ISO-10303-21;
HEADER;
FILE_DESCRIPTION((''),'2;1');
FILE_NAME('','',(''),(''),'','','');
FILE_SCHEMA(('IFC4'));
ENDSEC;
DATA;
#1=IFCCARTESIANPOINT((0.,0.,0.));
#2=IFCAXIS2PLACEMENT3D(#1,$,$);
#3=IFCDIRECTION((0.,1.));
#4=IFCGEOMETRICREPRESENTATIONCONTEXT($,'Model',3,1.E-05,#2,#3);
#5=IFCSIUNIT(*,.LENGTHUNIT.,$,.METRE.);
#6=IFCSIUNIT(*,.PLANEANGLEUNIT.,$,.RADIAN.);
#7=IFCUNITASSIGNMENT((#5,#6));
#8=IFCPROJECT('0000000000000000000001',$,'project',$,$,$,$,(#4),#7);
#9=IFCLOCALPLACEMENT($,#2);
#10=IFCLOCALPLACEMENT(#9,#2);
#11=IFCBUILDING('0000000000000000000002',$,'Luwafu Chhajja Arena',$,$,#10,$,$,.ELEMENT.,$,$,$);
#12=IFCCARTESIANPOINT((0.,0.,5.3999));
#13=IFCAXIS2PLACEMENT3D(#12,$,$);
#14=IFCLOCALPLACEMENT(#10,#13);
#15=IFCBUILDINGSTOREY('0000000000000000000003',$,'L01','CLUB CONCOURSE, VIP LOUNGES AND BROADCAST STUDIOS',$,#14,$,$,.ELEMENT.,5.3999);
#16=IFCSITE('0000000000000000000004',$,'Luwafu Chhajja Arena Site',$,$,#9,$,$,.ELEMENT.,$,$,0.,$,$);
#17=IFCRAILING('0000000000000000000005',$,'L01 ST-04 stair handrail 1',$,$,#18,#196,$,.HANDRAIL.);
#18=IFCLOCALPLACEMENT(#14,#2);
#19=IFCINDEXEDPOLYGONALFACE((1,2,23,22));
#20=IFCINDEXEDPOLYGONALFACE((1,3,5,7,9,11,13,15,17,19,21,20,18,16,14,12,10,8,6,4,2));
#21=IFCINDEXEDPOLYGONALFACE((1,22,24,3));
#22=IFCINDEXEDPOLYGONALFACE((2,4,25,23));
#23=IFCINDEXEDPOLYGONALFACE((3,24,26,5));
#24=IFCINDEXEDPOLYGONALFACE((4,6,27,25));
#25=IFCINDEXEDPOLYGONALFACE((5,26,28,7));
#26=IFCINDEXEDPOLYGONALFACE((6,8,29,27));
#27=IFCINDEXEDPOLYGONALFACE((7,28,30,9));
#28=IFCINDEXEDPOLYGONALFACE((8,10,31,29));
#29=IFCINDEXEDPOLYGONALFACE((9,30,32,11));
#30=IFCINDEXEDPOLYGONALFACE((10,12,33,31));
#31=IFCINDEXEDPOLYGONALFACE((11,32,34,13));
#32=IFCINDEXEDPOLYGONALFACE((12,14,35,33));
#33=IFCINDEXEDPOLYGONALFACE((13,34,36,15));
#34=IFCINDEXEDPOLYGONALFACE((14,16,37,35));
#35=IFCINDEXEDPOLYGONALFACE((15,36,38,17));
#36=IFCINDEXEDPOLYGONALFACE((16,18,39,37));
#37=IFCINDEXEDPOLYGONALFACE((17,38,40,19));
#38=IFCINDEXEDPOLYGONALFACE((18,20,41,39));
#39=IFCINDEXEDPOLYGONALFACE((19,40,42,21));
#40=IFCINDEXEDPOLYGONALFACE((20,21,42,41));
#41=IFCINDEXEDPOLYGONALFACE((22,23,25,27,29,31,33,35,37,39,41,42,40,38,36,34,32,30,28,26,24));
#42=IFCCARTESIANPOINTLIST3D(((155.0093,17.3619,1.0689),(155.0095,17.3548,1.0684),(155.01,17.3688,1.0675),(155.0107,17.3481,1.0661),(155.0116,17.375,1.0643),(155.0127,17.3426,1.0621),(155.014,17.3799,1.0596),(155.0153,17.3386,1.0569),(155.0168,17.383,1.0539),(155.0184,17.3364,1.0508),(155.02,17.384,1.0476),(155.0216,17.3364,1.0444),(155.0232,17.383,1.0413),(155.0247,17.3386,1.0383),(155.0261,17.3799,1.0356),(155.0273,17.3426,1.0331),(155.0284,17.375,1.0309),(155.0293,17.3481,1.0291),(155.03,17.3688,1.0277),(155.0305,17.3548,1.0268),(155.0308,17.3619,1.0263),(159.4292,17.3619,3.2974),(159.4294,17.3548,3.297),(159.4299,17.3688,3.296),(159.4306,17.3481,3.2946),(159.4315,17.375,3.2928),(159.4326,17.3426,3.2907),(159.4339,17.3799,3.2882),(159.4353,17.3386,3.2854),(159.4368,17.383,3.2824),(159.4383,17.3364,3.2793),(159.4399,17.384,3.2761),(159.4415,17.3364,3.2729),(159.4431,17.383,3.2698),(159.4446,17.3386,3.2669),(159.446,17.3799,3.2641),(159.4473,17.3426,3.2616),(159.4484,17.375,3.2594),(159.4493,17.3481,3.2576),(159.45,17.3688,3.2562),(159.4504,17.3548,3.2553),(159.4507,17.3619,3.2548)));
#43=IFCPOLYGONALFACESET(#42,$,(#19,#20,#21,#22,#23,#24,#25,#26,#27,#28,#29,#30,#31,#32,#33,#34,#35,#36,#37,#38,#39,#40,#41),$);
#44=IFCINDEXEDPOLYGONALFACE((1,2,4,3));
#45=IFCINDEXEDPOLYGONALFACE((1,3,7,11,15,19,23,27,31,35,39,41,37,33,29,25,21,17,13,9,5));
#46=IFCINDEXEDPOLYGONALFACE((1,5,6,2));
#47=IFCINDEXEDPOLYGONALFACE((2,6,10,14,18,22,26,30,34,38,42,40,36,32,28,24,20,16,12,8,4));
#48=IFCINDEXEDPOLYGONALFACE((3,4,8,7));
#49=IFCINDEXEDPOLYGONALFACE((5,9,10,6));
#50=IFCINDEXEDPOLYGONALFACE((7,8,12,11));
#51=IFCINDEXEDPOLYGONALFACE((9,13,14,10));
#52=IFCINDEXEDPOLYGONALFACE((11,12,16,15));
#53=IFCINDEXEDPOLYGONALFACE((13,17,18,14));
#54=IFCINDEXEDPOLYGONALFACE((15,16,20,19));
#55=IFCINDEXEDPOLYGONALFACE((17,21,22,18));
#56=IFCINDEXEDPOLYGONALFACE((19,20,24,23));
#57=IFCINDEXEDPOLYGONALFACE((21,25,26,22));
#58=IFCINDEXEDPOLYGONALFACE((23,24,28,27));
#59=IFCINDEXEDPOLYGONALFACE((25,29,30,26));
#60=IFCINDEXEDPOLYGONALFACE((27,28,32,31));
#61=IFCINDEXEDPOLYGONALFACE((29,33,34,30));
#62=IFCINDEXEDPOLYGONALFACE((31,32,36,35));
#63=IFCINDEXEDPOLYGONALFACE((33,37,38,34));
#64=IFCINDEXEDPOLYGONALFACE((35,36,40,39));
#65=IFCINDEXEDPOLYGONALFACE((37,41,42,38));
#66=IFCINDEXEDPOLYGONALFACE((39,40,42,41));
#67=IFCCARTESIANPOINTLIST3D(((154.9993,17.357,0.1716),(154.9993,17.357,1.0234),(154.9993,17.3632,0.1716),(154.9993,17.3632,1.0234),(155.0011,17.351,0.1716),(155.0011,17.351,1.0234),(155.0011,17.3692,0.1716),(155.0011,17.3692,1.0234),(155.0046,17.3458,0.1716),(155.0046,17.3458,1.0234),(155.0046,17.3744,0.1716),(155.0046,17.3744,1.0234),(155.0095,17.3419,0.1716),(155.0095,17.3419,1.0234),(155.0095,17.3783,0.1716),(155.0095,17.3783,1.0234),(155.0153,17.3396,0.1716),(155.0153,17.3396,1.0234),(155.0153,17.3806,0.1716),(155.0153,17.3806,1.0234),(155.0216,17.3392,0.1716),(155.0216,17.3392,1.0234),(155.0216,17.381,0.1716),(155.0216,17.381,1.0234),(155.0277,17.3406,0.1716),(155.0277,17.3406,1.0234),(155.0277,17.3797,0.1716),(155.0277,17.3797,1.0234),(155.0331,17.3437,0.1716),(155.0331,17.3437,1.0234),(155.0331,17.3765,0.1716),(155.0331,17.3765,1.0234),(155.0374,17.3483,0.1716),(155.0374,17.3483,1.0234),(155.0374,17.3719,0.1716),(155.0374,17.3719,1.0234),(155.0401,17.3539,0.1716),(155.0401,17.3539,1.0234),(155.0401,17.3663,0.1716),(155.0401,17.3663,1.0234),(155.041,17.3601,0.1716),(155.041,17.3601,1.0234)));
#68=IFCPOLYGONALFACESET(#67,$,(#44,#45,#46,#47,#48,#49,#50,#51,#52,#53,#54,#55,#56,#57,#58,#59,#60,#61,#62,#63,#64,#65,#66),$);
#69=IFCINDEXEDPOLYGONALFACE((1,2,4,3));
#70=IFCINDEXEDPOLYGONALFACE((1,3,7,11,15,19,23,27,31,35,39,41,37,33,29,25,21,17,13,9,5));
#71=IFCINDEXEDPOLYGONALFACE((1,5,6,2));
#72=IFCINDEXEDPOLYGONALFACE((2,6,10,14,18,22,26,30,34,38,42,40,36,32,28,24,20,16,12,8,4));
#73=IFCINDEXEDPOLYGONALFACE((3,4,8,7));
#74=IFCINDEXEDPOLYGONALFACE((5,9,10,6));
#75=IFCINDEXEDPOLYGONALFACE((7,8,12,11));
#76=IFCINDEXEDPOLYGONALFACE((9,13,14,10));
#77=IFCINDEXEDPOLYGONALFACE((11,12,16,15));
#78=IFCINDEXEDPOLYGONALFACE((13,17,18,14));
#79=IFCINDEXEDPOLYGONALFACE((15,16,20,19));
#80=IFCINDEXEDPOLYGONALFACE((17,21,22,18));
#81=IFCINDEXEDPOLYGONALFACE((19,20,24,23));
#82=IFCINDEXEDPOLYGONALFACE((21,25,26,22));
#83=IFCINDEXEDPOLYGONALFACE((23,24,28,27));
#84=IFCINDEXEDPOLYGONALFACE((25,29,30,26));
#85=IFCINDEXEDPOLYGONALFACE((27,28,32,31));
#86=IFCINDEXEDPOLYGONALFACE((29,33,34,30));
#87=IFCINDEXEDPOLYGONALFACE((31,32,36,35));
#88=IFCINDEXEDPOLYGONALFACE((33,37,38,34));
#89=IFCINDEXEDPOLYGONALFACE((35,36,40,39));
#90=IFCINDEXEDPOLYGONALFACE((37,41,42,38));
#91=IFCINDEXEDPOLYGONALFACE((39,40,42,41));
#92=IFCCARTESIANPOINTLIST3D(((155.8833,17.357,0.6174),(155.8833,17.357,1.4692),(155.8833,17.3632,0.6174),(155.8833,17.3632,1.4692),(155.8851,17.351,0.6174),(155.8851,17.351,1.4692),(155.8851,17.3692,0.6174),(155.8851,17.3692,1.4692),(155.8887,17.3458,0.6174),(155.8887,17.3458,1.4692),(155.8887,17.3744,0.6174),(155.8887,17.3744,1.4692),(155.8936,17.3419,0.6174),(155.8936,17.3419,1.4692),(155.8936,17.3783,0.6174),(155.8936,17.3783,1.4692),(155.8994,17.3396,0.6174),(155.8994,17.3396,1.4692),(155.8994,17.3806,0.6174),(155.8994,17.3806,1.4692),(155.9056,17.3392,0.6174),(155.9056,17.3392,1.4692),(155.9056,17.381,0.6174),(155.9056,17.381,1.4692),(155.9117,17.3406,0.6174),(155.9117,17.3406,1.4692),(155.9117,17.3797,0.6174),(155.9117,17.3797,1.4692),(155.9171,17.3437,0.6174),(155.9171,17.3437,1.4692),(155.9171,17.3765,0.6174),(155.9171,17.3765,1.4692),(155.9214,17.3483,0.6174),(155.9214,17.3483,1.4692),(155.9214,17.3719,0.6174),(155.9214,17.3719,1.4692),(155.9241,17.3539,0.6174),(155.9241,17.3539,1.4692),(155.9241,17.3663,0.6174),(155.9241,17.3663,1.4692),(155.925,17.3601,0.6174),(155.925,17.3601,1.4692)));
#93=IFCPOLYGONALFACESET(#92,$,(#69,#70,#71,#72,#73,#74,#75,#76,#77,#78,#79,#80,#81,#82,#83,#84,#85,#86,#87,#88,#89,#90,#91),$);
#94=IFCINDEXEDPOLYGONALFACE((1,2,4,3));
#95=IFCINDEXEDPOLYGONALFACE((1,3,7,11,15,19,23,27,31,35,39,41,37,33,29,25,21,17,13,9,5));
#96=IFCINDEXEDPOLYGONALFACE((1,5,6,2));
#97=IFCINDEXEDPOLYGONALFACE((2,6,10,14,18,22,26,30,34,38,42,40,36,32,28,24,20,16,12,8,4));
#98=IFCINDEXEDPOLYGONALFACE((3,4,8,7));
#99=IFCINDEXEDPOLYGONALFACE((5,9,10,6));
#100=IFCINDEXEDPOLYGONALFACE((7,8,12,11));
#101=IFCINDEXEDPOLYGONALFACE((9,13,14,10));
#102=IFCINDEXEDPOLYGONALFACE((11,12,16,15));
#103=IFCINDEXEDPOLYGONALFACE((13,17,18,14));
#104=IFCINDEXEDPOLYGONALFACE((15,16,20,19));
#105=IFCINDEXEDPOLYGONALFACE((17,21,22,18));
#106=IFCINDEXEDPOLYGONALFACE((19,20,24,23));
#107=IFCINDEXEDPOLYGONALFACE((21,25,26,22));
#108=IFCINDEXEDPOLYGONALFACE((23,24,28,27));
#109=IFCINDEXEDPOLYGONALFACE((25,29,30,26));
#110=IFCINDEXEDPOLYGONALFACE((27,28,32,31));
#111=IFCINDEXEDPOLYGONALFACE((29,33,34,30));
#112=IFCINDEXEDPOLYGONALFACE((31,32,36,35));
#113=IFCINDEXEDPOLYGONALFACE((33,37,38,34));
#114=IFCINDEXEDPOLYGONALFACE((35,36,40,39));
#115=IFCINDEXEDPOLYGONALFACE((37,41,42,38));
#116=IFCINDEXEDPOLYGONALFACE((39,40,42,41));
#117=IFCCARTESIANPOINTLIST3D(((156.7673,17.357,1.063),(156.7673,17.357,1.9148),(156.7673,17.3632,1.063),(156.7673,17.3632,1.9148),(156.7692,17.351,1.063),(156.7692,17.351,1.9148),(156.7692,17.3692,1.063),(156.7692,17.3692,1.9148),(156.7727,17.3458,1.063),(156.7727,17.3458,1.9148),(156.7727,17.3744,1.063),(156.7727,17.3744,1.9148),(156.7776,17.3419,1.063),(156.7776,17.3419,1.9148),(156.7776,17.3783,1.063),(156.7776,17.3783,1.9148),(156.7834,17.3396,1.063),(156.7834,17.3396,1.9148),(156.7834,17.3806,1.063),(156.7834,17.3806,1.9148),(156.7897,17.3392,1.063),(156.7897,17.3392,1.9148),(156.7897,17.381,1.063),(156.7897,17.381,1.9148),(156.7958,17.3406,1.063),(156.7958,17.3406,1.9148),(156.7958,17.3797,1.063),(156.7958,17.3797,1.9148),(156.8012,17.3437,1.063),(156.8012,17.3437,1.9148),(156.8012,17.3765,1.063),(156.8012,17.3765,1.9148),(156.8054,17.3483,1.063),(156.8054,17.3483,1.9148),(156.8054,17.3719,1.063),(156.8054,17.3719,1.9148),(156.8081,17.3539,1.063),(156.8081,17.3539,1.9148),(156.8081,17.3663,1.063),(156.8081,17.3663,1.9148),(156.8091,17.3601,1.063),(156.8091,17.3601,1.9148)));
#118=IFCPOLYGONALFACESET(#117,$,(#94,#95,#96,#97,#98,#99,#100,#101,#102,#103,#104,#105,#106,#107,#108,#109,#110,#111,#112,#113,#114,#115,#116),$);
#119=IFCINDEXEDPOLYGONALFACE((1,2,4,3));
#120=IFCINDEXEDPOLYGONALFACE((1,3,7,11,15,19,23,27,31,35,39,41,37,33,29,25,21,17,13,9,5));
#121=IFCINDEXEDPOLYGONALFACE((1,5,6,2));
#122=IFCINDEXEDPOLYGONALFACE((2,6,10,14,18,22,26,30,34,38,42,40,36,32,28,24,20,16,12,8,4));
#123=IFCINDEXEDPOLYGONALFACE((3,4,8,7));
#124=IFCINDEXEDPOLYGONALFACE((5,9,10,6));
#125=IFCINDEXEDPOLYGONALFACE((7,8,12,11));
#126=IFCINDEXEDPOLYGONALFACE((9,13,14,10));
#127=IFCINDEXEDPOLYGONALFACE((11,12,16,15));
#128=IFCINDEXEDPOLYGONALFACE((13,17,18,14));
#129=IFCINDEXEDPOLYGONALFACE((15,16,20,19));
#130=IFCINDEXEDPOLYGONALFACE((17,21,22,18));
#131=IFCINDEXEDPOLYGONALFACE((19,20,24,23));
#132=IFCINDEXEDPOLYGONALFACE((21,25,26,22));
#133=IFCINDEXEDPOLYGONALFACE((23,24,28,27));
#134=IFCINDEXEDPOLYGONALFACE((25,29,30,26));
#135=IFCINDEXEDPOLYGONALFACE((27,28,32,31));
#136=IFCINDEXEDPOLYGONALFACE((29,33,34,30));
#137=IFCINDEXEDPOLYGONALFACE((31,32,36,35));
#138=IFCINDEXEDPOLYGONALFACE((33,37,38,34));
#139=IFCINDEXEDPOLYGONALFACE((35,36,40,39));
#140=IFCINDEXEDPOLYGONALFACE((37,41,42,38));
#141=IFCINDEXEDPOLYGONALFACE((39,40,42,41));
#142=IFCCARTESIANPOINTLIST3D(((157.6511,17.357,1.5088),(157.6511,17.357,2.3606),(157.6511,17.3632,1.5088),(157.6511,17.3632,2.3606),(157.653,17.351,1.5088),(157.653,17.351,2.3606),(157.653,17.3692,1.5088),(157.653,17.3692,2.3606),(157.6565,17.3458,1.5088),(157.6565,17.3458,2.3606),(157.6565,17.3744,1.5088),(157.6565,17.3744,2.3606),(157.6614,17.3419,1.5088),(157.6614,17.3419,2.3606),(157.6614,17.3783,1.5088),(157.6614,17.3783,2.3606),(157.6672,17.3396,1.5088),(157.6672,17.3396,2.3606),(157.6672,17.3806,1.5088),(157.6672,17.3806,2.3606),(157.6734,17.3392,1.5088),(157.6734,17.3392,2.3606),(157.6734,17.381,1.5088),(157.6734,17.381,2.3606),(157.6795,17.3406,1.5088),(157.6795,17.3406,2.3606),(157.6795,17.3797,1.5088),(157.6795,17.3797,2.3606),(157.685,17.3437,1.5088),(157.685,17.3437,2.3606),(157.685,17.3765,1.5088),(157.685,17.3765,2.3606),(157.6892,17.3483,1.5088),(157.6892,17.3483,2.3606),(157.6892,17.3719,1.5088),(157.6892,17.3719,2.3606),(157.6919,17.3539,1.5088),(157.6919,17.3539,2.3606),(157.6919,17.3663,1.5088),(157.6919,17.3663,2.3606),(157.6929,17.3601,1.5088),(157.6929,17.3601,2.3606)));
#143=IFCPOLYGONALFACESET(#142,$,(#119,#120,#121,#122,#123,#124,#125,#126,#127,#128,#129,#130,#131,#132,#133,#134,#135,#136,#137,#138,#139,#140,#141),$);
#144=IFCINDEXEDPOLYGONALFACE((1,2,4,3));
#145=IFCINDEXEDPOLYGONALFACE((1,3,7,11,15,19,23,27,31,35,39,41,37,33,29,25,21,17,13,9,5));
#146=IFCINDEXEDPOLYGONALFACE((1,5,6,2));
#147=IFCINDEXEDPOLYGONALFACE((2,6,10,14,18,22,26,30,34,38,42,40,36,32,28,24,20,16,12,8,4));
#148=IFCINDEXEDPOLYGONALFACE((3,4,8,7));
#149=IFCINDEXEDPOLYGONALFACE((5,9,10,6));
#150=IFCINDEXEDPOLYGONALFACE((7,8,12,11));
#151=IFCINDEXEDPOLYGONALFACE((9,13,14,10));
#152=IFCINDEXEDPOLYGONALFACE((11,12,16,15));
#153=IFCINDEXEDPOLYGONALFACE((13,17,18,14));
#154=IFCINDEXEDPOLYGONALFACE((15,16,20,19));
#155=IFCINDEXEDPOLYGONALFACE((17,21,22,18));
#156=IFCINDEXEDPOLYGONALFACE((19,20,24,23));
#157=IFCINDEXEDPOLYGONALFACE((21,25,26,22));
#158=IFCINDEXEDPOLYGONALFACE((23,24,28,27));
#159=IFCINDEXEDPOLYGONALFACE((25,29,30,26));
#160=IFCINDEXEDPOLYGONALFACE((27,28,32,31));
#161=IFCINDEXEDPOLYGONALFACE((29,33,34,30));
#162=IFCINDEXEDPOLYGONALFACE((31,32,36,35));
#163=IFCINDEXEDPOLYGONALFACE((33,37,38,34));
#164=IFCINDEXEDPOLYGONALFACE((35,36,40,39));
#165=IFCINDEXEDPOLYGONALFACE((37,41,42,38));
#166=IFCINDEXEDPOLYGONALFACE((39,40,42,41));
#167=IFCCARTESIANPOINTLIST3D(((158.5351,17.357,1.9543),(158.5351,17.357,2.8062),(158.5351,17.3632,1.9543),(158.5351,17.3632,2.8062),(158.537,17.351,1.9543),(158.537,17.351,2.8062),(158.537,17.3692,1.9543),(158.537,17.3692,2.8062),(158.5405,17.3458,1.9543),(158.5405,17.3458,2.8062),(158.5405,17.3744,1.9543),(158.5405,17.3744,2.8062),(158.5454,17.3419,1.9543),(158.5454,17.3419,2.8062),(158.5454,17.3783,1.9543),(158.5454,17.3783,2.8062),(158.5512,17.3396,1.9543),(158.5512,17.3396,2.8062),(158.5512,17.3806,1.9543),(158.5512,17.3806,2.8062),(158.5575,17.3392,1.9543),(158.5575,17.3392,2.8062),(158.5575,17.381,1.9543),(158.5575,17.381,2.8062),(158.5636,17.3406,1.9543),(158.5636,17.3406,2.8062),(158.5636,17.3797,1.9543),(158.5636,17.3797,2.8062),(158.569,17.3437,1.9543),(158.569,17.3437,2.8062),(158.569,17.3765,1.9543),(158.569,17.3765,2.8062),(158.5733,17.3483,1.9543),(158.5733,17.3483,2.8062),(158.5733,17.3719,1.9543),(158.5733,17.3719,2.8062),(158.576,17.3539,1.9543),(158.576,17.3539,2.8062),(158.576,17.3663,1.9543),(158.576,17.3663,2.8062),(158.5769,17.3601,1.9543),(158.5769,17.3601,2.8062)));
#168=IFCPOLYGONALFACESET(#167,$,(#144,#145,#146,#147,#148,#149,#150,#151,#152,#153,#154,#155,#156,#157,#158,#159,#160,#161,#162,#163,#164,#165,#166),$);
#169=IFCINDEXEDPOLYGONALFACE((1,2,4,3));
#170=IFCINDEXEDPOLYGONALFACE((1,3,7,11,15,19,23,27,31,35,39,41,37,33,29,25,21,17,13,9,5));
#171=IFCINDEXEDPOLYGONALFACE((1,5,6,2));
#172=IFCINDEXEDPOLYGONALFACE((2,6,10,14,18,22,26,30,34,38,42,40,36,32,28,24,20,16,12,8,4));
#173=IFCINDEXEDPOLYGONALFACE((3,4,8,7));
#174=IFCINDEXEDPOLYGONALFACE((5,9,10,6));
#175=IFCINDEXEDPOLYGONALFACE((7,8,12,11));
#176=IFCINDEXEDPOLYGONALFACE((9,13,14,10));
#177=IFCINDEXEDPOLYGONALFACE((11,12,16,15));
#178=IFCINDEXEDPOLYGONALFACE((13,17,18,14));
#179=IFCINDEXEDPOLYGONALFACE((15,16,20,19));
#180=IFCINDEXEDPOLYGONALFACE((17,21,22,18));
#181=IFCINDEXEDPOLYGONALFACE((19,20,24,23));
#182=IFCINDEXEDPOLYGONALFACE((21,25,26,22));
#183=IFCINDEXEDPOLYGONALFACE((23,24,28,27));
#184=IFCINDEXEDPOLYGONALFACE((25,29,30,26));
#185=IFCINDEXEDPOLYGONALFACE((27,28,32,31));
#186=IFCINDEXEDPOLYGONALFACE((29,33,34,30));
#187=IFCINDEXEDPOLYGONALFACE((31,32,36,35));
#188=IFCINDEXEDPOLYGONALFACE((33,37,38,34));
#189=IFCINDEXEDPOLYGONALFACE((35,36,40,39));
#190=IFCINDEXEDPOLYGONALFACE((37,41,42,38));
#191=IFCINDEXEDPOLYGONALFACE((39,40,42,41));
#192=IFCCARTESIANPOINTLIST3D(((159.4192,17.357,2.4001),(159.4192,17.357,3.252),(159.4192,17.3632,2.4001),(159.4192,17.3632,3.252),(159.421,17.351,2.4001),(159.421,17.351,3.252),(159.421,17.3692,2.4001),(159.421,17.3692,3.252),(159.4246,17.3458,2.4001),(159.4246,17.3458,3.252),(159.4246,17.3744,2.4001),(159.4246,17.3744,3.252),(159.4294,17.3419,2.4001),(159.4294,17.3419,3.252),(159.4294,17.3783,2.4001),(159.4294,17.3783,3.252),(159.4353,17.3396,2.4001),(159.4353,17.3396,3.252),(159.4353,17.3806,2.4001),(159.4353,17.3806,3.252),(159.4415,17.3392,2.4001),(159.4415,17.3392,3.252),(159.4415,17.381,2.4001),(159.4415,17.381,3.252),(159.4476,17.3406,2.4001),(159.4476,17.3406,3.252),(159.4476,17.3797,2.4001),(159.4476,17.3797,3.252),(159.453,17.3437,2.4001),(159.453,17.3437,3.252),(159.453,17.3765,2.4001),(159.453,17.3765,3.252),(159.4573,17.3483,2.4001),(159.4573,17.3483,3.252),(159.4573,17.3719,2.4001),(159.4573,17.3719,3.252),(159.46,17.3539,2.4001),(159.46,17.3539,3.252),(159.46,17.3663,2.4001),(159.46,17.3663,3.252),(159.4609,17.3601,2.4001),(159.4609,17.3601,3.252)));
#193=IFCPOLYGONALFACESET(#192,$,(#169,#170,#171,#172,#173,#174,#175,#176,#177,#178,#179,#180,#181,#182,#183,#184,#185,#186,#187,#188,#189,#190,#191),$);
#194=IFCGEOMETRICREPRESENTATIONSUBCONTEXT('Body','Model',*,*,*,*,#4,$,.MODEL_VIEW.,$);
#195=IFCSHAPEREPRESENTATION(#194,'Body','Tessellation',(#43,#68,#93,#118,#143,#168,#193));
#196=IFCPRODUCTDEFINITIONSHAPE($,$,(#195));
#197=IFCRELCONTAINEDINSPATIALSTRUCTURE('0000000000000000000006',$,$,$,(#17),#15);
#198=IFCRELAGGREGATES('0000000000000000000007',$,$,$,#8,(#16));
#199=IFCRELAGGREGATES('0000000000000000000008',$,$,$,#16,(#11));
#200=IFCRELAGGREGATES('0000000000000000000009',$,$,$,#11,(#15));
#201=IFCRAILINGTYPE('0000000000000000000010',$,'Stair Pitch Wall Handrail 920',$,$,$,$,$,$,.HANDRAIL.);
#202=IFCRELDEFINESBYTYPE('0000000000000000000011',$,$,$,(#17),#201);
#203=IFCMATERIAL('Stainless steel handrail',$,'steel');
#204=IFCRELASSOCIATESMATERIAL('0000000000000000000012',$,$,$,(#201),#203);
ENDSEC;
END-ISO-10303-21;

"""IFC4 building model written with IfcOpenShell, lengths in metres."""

from ifc_helpers import new_model, si_unit, direction, frame, origin, origin_2d, place, context, subcontext, project, spatial, circle, extrude, material, type_object, element, save


model = new_model("IFC4")

# Units and contexts
model_context = context("Model", 3, precision=1e-05, world=origin(), true_north=direction((0.0, 1.0)))
body_context = subcontext(model_context, "Body", "Model", "MODEL_VIEW")
ifc_project = project(units=[si_unit("LENGTHUNIT", "METRE"), si_unit("PLANEANGLEUNIT", "RADIAN")], contexts=[model_context])

# Site, building, storey
site_placement = place(None, origin())
site = spatial("IfcSite", under=ifc_project, at=site_placement, Name="Luwafu Chhajja Arena Site", CompositionType="ELEMENT", RefElevation=0.0)
building_placement = place(site_placement, origin())
building = spatial("IfcBuilding", under=site, at=building_placement, Name="Luwafu Chhajja Arena", CompositionType="ELEMENT")
storey_placement = place(building_placement, frame((0.0, 0.0, 5.3999)))
storey = spatial("IfcBuildingStorey", under=building, at=storey_placement, Name="L01", Description="CLUB CONCOURSE, VIP LOUNGES AND BROADCAST STUDIOS", CompositionType="ELEMENT", Elevation=5.3999)

# Railing
ifc_material_1 = material(Name="Stainless steel handrail", Category="steel")
railing_type_1 = type_object("IfcRailingType", Name="Stair Pitch Wall Handrail 920", PredefinedType="HANDRAIL", material=ifc_material_1)
for number, where, name in (
    (1, (155.02, 17.3601, 0.1716), "L01 ST-04 stair handrail 1"),
):
    element("IfcRailing", number, at=place(storey_placement, frame(where)), inside=storey, type_object=railing_type_1, Name=name, PredefinedType="HANDRAIL", context=body_context, shape_type="SweptSolid", body=[
        extrude(circle(Radius=0.0239, at=origin_2d()), frame((0.0, 0.0, 0.876), z_axis=(0.892923, 0.0, 0.45021), x_axis=(0.0, 1.0, 0.0)), (0.0, 0.0, 1.0), 4.95),
        extrude(circle(Radius=0.021, at=origin_2d()), origin(), (0.0, 0.0, 1.0), 0.8518),
        extrude(circle(Radius=0.021, at=origin_2d()), frame((0.884, 0.0, 0.4458)), (0.0, 0.0, 1.0), 0.8518),
        extrude(circle(Radius=0.021, at=origin_2d()), frame((1.7681, 0.0, 0.8914)), (0.0, 0.0, 1.0), 0.8518),
        extrude(circle(Radius=0.021, at=origin_2d()), frame((2.6519, 0.0, 1.3372)), (0.0, 0.0, 1.0), 0.8518),
        extrude(circle(Radius=0.021, at=origin_2d()), frame((3.5359, 0.0, 1.7827)), (0.0, 0.0, 1.0), 0.8518),
        extrude(circle(Radius=0.021, at=origin_2d()), frame((4.4199, 0.0, 2.2285)), (0.0, 0.0, 1.0), 0.8518),
    ])

save(model, "model.ifc")
